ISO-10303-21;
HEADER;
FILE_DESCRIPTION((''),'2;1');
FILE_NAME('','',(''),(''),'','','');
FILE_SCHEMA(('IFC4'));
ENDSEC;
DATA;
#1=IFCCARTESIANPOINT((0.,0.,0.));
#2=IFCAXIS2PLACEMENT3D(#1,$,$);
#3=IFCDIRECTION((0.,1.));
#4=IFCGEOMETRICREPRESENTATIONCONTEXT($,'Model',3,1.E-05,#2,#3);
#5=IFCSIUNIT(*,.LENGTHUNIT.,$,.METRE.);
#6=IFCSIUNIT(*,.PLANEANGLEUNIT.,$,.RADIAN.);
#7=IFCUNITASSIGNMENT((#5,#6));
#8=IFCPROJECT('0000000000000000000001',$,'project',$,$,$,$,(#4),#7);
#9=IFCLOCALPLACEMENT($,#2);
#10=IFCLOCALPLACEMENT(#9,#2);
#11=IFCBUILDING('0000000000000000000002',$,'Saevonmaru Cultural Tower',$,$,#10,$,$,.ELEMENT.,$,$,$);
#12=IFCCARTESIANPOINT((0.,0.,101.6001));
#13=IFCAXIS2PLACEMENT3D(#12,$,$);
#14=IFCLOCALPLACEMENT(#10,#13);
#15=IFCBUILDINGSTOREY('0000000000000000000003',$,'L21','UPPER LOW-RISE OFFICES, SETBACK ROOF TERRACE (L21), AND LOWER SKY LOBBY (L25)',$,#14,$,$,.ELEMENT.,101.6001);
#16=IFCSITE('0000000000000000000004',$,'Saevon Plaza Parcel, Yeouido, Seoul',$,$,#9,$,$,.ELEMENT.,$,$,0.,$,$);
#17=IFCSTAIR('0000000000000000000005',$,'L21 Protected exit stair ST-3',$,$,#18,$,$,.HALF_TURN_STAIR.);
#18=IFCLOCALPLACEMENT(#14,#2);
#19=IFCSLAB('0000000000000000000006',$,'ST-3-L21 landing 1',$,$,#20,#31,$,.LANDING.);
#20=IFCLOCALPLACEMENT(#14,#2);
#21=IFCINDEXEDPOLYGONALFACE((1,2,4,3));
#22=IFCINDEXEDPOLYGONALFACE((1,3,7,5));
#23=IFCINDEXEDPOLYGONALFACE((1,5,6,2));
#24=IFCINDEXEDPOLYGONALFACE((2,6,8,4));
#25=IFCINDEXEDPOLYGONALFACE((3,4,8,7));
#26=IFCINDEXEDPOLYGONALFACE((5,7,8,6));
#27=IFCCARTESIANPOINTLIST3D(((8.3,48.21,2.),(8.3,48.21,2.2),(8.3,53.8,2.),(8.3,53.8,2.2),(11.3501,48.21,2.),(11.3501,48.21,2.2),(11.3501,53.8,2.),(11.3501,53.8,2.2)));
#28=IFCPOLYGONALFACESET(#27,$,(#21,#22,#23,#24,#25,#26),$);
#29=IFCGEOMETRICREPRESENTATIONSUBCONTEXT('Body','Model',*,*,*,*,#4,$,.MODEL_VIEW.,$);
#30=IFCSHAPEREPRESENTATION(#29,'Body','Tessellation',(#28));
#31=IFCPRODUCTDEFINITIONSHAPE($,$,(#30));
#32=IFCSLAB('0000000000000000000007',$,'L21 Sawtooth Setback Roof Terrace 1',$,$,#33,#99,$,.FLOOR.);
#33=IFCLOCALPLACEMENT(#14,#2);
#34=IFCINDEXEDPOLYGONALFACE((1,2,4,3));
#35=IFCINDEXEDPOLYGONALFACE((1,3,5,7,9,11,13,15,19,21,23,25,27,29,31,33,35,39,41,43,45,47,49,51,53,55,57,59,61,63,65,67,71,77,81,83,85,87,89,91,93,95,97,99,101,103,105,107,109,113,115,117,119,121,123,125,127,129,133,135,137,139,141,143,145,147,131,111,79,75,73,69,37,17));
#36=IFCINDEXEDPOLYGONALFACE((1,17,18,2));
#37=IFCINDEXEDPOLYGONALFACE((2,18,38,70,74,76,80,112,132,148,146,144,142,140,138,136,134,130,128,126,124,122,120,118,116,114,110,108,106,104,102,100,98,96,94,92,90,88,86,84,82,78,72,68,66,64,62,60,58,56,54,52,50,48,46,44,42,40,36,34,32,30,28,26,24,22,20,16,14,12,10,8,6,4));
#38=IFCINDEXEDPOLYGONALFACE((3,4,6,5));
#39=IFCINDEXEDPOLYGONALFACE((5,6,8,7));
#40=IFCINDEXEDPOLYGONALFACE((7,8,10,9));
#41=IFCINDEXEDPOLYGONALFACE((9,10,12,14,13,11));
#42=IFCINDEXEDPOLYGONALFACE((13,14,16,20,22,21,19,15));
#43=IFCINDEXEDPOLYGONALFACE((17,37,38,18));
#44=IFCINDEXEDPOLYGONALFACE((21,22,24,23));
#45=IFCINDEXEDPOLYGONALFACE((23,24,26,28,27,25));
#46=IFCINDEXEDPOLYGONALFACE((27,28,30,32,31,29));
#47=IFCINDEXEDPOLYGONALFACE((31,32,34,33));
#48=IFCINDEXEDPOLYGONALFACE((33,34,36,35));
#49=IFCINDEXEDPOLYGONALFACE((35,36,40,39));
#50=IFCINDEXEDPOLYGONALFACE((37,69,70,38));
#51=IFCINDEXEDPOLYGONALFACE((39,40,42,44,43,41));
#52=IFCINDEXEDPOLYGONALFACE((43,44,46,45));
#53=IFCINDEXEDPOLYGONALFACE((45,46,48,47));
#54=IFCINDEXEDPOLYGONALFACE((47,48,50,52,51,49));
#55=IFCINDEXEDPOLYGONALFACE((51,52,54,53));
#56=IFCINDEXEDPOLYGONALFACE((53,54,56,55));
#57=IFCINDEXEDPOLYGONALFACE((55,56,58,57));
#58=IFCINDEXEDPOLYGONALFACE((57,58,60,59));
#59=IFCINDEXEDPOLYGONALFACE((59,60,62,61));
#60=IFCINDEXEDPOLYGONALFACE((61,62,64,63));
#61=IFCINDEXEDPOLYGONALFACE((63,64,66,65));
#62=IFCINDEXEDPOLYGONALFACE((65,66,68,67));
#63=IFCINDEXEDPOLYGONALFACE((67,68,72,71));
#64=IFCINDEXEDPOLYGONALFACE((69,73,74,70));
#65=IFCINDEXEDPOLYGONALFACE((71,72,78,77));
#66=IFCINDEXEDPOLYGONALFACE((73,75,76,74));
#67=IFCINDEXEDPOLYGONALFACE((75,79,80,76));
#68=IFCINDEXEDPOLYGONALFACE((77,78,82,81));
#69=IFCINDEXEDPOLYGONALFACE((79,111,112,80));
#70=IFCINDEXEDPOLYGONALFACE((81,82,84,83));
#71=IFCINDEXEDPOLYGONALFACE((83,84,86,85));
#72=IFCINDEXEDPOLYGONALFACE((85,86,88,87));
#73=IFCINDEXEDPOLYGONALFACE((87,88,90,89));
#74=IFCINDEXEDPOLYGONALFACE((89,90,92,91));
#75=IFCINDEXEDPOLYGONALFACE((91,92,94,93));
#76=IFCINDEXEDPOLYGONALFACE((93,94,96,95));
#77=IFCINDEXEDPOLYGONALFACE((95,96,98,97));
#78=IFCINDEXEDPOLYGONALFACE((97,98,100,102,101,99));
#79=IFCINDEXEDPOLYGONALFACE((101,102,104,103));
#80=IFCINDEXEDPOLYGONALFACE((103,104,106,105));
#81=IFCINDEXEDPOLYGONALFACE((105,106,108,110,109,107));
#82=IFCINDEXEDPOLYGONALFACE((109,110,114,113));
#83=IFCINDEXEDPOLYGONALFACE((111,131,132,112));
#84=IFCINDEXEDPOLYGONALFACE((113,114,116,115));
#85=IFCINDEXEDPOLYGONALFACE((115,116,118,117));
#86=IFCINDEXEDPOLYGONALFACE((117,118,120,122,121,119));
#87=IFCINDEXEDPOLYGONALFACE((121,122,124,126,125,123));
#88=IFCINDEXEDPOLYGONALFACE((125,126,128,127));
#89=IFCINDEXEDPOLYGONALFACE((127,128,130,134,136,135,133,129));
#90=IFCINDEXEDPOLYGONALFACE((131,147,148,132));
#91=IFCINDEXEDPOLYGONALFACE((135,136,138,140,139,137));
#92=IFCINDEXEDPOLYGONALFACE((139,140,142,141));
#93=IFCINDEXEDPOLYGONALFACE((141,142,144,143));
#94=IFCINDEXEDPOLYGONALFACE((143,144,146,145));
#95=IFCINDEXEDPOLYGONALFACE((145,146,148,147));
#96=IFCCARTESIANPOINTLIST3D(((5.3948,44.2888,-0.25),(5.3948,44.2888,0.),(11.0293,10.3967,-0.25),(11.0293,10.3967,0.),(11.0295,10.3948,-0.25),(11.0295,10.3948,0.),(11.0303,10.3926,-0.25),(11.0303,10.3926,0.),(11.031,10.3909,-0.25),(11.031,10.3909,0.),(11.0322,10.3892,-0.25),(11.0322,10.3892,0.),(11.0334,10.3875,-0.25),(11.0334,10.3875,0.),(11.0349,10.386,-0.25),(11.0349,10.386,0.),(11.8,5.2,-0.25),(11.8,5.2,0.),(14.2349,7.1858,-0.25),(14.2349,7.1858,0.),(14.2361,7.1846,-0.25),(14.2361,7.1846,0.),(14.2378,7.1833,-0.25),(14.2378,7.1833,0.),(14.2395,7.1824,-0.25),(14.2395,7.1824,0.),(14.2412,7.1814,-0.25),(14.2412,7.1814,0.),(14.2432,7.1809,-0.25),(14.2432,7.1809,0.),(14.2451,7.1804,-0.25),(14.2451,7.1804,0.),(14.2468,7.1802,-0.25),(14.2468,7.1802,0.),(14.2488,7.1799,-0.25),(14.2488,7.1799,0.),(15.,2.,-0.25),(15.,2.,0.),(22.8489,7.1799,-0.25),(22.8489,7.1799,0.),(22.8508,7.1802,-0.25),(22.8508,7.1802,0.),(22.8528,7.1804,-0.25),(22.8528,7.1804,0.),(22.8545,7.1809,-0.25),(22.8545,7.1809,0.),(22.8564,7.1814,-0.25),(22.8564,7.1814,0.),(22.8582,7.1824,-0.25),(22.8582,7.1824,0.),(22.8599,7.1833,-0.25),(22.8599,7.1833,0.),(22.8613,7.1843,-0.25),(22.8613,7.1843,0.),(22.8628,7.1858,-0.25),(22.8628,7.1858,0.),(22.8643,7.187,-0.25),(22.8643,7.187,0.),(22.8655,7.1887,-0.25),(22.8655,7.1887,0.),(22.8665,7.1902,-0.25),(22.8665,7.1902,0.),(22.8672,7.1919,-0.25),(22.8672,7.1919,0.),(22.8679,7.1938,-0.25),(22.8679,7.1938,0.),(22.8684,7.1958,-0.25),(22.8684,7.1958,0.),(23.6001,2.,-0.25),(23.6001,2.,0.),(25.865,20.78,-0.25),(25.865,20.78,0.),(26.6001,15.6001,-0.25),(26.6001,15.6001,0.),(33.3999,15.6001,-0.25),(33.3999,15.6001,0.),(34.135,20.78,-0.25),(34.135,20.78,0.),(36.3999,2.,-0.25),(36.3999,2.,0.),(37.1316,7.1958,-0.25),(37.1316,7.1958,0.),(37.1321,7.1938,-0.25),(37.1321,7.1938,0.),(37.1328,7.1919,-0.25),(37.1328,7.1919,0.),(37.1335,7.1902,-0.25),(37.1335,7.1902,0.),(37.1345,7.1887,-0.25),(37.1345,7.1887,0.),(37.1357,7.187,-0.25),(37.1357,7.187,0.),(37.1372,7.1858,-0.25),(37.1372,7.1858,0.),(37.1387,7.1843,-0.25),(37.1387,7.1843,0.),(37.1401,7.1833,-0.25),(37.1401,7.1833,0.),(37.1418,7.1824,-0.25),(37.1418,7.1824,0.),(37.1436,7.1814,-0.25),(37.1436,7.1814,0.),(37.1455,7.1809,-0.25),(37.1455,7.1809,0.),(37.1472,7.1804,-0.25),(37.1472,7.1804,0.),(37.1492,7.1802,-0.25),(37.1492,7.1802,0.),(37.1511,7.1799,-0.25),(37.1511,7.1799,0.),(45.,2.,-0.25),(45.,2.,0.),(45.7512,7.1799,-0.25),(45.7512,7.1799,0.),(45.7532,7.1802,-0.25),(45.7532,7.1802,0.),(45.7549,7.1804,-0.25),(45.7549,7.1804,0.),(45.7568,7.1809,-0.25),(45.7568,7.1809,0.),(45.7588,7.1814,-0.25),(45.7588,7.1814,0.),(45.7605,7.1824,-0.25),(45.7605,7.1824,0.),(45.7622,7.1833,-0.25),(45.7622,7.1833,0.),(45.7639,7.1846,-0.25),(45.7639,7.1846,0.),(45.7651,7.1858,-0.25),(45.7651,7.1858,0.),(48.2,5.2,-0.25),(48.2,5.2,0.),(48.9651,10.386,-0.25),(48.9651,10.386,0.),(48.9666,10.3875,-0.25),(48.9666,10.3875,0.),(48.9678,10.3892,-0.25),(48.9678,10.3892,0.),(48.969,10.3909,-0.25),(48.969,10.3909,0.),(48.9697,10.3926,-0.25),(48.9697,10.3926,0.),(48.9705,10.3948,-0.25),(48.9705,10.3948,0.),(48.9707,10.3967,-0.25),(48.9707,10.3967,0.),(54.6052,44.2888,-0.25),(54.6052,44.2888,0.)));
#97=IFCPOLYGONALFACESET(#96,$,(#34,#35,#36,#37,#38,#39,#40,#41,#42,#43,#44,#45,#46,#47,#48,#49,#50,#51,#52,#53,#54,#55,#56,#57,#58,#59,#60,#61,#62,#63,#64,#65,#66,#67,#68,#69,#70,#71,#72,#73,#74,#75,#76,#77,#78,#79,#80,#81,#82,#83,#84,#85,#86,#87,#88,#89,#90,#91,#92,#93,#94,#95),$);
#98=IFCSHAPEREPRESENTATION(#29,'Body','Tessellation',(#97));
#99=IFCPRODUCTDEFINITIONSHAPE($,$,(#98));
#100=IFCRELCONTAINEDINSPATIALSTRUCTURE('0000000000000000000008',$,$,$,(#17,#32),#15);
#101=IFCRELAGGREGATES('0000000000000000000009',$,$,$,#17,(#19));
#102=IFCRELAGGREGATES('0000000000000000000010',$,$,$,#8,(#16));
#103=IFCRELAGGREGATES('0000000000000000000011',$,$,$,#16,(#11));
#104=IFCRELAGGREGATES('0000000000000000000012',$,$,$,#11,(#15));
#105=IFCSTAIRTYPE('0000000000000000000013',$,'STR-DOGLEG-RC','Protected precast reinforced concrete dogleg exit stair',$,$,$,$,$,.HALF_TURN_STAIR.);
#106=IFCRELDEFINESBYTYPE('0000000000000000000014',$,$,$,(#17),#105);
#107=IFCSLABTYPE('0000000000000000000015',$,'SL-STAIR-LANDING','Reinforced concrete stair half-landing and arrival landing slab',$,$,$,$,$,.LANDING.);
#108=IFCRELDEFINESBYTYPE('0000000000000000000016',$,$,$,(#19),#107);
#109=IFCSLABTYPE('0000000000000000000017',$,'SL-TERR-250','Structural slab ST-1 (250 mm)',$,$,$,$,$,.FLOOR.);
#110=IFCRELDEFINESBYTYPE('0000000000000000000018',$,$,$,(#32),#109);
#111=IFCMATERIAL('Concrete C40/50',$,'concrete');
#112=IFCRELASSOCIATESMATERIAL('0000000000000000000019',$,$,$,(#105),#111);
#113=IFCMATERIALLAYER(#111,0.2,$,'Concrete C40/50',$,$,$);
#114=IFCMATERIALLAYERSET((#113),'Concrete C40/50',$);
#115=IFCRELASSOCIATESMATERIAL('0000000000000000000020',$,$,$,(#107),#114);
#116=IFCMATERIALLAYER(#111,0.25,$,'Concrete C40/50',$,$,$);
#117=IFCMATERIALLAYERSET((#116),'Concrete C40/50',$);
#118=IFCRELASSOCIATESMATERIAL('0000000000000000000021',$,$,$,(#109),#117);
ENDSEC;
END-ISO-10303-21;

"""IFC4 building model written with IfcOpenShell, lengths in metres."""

from ifc_helpers import new_model, si_unit, direction, frame, origin, place, context, subcontext, project, spatial, polyline, outline, extrude, material, layer, layer_set, type_object, element, aggregate, save


model = new_model("IFC4")

# Units and contexts
model_context = context("Model", 3, precision=1e-05, world=origin(), true_north=direction((0.0, 1.0)))
body_context = subcontext(model_context, "Body", "Model", "MODEL_VIEW")
ifc_project = project(units=[si_unit("LENGTHUNIT", "METRE"), si_unit("PLANEANGLEUNIT", "RADIAN")], contexts=[model_context])

# Site, building, storey
site_placement = place(None, origin())
site = spatial("IfcSite", under=ifc_project, at=site_placement, Name="Saevon Plaza Parcel, Yeouido, Seoul", CompositionType="ELEMENT", RefElevation=0.0)
building_placement = place(site_placement, origin())
building = spatial("IfcBuilding", under=site, at=building_placement, Name="Saevonmaru Cultural Tower", CompositionType="ELEMENT")
storey_placement = place(building_placement, frame((0.0, 0.0, 101.6001)))
storey = spatial("IfcBuildingStorey", under=building, at=storey_placement, Name="L21", Description="UPPER LOW-RISE OFFICES, SETBACK ROOF TERRACE (L21), AND LOWER SKY LOBBY (L25)", CompositionType="ELEMENT", Elevation=101.6001)

# Shared definitions
ifc_material_1 = material(Name="Concrete C40/50", Category="concrete")

# Stair, slab
stair_type = type_object("IfcStairType", Name="STR-DOGLEG-RC", Description="Protected precast reinforced concrete dogleg exit stair", PredefinedType="HALF_TURN_STAIR", material=ifc_material_1)
ifc_layer_1 = layer(ifc_material_1, 0.2, Name="Concrete C40/50")
ifc_layer_set_1 = layer_set([ifc_layer_1], Name="Concrete C40/50")
slab_type_1 = type_object("IfcSlabType", Name="SL-STAIR-LANDING", Description="Reinforced concrete stair half-landing and arrival landing slab", PredefinedType="LANDING", material=ifc_layer_set_1)
stair_1_placement = place(storey_placement, origin())
stair_1 = element("IfcStair", 1, at=stair_1_placement, inside=storey, type_object=stair_type, Name="L21 Protected exit stair ST-3", PredefinedType="HALF_TURN_STAIR")
slab_1_placement = place(storey_placement, frame((0.0, 0.0, 2.0)))
slab_1 = element("IfcSlab", 2, at=slab_1_placement, type_object=slab_type_1, Name="ST-3-L21 landing 1", PredefinedType="LANDING", context=body_context, shape_type="SweptSolid", body=[
    extrude(outline(polyline([(11.3501, 48.21), (11.3501, 53.8), (8.3, 53.8), (8.3, 48.21), (11.3501, 48.21)])), origin(), (0.0, 0.0, 1.0), 0.2),
])
aggregate(stair_1, [slab_1])

# Slab
ifc_layer_2 = layer(ifc_material_1, 0.25, Name="Concrete C40/50")
ifc_layer_set_2 = layer_set([ifc_layer_2], Name="Concrete C40/50")
slab_type_2 = type_object("IfcSlabType", Name="SL-TERR-250", Description="Structural slab ST-1 (250 mm)", PredefinedType="FLOOR", material=ifc_layer_set_2)
slab_2_placement = place(storey_placement, frame((0.0, 0.0, -0.25)))
element("IfcSlab", 3, at=slab_2_placement, inside=storey, type_object=slab_type_2, Name="L21 Sawtooth Setback Roof Terrace 1", PredefinedType="FLOOR", context=body_context, shape_type="SweptSolid", body=[
    extrude(outline(polyline([(54.6052, 44.2888), (48.9707, 10.3967), (48.9705, 10.3948), (48.9697, 10.3926), (48.969, 10.3909), (48.9678, 10.3892), (48.9666, 10.3875), (48.9651, 10.386), (45.7651, 7.1858), (45.7639, 7.1846), (45.7622, 7.1833), (45.7605, 7.1824), (45.7588, 7.1814), (45.7568, 7.1809), (45.7549, 7.1804), (45.7532, 7.1802), (45.7512, 7.1799), (37.1511, 7.1799), (37.1492, 7.1802), (37.1472, 7.1804), (37.1455, 7.1809), (37.1436, 7.1814), (37.1418, 7.1824), (37.1401, 7.1833), (37.1387, 7.1843), (37.1372, 7.1858), (37.1357, 7.187), (37.1345, 7.1887), (37.1335, 7.1902), (37.1328, 7.1919), (37.1321, 7.1938), (37.1316, 7.1958), (34.135, 20.78), (25.865, 20.78), (22.8684, 7.1958), (22.8679, 7.1938), (22.8672, 7.1919), (22.8665, 7.1902), (22.8655, 7.1887), (22.8643, 7.187), (22.8628, 7.1858), (22.8613, 7.1843), (22.8599, 7.1833), (22.8582, 7.1824), (22.8564, 7.1814), (22.8545, 7.1809), (22.8528, 7.1804), (22.8508, 7.1802), (22.8489, 7.1799), (14.2488, 7.1799), (14.2468, 7.1802), (14.2451, 7.1804), (14.2432, 7.1809), (14.2412, 7.1814), (14.2395, 7.1824), (14.2378, 7.1833), (14.2361, 7.1846), (14.2349, 7.1858), (11.0349, 10.386), (11.0334, 10.3875), (11.0322, 10.3892), (11.031, 10.3909), (11.0303, 10.3926), (11.0295, 10.3948), (11.0293, 10.3967), (5.3948, 44.2888), (11.8, 5.2), (15.0, 2.0), (23.6001, 2.0), (26.6001, 15.6001), (33.3999, 15.6001), (36.3999, 2.0), (45.0, 2.0), (48.2, 5.2), (54.6052, 44.2888)])), origin(), (0.0, 0.0, 1.0), 0.25),
])

save(model, "model.ifc")
